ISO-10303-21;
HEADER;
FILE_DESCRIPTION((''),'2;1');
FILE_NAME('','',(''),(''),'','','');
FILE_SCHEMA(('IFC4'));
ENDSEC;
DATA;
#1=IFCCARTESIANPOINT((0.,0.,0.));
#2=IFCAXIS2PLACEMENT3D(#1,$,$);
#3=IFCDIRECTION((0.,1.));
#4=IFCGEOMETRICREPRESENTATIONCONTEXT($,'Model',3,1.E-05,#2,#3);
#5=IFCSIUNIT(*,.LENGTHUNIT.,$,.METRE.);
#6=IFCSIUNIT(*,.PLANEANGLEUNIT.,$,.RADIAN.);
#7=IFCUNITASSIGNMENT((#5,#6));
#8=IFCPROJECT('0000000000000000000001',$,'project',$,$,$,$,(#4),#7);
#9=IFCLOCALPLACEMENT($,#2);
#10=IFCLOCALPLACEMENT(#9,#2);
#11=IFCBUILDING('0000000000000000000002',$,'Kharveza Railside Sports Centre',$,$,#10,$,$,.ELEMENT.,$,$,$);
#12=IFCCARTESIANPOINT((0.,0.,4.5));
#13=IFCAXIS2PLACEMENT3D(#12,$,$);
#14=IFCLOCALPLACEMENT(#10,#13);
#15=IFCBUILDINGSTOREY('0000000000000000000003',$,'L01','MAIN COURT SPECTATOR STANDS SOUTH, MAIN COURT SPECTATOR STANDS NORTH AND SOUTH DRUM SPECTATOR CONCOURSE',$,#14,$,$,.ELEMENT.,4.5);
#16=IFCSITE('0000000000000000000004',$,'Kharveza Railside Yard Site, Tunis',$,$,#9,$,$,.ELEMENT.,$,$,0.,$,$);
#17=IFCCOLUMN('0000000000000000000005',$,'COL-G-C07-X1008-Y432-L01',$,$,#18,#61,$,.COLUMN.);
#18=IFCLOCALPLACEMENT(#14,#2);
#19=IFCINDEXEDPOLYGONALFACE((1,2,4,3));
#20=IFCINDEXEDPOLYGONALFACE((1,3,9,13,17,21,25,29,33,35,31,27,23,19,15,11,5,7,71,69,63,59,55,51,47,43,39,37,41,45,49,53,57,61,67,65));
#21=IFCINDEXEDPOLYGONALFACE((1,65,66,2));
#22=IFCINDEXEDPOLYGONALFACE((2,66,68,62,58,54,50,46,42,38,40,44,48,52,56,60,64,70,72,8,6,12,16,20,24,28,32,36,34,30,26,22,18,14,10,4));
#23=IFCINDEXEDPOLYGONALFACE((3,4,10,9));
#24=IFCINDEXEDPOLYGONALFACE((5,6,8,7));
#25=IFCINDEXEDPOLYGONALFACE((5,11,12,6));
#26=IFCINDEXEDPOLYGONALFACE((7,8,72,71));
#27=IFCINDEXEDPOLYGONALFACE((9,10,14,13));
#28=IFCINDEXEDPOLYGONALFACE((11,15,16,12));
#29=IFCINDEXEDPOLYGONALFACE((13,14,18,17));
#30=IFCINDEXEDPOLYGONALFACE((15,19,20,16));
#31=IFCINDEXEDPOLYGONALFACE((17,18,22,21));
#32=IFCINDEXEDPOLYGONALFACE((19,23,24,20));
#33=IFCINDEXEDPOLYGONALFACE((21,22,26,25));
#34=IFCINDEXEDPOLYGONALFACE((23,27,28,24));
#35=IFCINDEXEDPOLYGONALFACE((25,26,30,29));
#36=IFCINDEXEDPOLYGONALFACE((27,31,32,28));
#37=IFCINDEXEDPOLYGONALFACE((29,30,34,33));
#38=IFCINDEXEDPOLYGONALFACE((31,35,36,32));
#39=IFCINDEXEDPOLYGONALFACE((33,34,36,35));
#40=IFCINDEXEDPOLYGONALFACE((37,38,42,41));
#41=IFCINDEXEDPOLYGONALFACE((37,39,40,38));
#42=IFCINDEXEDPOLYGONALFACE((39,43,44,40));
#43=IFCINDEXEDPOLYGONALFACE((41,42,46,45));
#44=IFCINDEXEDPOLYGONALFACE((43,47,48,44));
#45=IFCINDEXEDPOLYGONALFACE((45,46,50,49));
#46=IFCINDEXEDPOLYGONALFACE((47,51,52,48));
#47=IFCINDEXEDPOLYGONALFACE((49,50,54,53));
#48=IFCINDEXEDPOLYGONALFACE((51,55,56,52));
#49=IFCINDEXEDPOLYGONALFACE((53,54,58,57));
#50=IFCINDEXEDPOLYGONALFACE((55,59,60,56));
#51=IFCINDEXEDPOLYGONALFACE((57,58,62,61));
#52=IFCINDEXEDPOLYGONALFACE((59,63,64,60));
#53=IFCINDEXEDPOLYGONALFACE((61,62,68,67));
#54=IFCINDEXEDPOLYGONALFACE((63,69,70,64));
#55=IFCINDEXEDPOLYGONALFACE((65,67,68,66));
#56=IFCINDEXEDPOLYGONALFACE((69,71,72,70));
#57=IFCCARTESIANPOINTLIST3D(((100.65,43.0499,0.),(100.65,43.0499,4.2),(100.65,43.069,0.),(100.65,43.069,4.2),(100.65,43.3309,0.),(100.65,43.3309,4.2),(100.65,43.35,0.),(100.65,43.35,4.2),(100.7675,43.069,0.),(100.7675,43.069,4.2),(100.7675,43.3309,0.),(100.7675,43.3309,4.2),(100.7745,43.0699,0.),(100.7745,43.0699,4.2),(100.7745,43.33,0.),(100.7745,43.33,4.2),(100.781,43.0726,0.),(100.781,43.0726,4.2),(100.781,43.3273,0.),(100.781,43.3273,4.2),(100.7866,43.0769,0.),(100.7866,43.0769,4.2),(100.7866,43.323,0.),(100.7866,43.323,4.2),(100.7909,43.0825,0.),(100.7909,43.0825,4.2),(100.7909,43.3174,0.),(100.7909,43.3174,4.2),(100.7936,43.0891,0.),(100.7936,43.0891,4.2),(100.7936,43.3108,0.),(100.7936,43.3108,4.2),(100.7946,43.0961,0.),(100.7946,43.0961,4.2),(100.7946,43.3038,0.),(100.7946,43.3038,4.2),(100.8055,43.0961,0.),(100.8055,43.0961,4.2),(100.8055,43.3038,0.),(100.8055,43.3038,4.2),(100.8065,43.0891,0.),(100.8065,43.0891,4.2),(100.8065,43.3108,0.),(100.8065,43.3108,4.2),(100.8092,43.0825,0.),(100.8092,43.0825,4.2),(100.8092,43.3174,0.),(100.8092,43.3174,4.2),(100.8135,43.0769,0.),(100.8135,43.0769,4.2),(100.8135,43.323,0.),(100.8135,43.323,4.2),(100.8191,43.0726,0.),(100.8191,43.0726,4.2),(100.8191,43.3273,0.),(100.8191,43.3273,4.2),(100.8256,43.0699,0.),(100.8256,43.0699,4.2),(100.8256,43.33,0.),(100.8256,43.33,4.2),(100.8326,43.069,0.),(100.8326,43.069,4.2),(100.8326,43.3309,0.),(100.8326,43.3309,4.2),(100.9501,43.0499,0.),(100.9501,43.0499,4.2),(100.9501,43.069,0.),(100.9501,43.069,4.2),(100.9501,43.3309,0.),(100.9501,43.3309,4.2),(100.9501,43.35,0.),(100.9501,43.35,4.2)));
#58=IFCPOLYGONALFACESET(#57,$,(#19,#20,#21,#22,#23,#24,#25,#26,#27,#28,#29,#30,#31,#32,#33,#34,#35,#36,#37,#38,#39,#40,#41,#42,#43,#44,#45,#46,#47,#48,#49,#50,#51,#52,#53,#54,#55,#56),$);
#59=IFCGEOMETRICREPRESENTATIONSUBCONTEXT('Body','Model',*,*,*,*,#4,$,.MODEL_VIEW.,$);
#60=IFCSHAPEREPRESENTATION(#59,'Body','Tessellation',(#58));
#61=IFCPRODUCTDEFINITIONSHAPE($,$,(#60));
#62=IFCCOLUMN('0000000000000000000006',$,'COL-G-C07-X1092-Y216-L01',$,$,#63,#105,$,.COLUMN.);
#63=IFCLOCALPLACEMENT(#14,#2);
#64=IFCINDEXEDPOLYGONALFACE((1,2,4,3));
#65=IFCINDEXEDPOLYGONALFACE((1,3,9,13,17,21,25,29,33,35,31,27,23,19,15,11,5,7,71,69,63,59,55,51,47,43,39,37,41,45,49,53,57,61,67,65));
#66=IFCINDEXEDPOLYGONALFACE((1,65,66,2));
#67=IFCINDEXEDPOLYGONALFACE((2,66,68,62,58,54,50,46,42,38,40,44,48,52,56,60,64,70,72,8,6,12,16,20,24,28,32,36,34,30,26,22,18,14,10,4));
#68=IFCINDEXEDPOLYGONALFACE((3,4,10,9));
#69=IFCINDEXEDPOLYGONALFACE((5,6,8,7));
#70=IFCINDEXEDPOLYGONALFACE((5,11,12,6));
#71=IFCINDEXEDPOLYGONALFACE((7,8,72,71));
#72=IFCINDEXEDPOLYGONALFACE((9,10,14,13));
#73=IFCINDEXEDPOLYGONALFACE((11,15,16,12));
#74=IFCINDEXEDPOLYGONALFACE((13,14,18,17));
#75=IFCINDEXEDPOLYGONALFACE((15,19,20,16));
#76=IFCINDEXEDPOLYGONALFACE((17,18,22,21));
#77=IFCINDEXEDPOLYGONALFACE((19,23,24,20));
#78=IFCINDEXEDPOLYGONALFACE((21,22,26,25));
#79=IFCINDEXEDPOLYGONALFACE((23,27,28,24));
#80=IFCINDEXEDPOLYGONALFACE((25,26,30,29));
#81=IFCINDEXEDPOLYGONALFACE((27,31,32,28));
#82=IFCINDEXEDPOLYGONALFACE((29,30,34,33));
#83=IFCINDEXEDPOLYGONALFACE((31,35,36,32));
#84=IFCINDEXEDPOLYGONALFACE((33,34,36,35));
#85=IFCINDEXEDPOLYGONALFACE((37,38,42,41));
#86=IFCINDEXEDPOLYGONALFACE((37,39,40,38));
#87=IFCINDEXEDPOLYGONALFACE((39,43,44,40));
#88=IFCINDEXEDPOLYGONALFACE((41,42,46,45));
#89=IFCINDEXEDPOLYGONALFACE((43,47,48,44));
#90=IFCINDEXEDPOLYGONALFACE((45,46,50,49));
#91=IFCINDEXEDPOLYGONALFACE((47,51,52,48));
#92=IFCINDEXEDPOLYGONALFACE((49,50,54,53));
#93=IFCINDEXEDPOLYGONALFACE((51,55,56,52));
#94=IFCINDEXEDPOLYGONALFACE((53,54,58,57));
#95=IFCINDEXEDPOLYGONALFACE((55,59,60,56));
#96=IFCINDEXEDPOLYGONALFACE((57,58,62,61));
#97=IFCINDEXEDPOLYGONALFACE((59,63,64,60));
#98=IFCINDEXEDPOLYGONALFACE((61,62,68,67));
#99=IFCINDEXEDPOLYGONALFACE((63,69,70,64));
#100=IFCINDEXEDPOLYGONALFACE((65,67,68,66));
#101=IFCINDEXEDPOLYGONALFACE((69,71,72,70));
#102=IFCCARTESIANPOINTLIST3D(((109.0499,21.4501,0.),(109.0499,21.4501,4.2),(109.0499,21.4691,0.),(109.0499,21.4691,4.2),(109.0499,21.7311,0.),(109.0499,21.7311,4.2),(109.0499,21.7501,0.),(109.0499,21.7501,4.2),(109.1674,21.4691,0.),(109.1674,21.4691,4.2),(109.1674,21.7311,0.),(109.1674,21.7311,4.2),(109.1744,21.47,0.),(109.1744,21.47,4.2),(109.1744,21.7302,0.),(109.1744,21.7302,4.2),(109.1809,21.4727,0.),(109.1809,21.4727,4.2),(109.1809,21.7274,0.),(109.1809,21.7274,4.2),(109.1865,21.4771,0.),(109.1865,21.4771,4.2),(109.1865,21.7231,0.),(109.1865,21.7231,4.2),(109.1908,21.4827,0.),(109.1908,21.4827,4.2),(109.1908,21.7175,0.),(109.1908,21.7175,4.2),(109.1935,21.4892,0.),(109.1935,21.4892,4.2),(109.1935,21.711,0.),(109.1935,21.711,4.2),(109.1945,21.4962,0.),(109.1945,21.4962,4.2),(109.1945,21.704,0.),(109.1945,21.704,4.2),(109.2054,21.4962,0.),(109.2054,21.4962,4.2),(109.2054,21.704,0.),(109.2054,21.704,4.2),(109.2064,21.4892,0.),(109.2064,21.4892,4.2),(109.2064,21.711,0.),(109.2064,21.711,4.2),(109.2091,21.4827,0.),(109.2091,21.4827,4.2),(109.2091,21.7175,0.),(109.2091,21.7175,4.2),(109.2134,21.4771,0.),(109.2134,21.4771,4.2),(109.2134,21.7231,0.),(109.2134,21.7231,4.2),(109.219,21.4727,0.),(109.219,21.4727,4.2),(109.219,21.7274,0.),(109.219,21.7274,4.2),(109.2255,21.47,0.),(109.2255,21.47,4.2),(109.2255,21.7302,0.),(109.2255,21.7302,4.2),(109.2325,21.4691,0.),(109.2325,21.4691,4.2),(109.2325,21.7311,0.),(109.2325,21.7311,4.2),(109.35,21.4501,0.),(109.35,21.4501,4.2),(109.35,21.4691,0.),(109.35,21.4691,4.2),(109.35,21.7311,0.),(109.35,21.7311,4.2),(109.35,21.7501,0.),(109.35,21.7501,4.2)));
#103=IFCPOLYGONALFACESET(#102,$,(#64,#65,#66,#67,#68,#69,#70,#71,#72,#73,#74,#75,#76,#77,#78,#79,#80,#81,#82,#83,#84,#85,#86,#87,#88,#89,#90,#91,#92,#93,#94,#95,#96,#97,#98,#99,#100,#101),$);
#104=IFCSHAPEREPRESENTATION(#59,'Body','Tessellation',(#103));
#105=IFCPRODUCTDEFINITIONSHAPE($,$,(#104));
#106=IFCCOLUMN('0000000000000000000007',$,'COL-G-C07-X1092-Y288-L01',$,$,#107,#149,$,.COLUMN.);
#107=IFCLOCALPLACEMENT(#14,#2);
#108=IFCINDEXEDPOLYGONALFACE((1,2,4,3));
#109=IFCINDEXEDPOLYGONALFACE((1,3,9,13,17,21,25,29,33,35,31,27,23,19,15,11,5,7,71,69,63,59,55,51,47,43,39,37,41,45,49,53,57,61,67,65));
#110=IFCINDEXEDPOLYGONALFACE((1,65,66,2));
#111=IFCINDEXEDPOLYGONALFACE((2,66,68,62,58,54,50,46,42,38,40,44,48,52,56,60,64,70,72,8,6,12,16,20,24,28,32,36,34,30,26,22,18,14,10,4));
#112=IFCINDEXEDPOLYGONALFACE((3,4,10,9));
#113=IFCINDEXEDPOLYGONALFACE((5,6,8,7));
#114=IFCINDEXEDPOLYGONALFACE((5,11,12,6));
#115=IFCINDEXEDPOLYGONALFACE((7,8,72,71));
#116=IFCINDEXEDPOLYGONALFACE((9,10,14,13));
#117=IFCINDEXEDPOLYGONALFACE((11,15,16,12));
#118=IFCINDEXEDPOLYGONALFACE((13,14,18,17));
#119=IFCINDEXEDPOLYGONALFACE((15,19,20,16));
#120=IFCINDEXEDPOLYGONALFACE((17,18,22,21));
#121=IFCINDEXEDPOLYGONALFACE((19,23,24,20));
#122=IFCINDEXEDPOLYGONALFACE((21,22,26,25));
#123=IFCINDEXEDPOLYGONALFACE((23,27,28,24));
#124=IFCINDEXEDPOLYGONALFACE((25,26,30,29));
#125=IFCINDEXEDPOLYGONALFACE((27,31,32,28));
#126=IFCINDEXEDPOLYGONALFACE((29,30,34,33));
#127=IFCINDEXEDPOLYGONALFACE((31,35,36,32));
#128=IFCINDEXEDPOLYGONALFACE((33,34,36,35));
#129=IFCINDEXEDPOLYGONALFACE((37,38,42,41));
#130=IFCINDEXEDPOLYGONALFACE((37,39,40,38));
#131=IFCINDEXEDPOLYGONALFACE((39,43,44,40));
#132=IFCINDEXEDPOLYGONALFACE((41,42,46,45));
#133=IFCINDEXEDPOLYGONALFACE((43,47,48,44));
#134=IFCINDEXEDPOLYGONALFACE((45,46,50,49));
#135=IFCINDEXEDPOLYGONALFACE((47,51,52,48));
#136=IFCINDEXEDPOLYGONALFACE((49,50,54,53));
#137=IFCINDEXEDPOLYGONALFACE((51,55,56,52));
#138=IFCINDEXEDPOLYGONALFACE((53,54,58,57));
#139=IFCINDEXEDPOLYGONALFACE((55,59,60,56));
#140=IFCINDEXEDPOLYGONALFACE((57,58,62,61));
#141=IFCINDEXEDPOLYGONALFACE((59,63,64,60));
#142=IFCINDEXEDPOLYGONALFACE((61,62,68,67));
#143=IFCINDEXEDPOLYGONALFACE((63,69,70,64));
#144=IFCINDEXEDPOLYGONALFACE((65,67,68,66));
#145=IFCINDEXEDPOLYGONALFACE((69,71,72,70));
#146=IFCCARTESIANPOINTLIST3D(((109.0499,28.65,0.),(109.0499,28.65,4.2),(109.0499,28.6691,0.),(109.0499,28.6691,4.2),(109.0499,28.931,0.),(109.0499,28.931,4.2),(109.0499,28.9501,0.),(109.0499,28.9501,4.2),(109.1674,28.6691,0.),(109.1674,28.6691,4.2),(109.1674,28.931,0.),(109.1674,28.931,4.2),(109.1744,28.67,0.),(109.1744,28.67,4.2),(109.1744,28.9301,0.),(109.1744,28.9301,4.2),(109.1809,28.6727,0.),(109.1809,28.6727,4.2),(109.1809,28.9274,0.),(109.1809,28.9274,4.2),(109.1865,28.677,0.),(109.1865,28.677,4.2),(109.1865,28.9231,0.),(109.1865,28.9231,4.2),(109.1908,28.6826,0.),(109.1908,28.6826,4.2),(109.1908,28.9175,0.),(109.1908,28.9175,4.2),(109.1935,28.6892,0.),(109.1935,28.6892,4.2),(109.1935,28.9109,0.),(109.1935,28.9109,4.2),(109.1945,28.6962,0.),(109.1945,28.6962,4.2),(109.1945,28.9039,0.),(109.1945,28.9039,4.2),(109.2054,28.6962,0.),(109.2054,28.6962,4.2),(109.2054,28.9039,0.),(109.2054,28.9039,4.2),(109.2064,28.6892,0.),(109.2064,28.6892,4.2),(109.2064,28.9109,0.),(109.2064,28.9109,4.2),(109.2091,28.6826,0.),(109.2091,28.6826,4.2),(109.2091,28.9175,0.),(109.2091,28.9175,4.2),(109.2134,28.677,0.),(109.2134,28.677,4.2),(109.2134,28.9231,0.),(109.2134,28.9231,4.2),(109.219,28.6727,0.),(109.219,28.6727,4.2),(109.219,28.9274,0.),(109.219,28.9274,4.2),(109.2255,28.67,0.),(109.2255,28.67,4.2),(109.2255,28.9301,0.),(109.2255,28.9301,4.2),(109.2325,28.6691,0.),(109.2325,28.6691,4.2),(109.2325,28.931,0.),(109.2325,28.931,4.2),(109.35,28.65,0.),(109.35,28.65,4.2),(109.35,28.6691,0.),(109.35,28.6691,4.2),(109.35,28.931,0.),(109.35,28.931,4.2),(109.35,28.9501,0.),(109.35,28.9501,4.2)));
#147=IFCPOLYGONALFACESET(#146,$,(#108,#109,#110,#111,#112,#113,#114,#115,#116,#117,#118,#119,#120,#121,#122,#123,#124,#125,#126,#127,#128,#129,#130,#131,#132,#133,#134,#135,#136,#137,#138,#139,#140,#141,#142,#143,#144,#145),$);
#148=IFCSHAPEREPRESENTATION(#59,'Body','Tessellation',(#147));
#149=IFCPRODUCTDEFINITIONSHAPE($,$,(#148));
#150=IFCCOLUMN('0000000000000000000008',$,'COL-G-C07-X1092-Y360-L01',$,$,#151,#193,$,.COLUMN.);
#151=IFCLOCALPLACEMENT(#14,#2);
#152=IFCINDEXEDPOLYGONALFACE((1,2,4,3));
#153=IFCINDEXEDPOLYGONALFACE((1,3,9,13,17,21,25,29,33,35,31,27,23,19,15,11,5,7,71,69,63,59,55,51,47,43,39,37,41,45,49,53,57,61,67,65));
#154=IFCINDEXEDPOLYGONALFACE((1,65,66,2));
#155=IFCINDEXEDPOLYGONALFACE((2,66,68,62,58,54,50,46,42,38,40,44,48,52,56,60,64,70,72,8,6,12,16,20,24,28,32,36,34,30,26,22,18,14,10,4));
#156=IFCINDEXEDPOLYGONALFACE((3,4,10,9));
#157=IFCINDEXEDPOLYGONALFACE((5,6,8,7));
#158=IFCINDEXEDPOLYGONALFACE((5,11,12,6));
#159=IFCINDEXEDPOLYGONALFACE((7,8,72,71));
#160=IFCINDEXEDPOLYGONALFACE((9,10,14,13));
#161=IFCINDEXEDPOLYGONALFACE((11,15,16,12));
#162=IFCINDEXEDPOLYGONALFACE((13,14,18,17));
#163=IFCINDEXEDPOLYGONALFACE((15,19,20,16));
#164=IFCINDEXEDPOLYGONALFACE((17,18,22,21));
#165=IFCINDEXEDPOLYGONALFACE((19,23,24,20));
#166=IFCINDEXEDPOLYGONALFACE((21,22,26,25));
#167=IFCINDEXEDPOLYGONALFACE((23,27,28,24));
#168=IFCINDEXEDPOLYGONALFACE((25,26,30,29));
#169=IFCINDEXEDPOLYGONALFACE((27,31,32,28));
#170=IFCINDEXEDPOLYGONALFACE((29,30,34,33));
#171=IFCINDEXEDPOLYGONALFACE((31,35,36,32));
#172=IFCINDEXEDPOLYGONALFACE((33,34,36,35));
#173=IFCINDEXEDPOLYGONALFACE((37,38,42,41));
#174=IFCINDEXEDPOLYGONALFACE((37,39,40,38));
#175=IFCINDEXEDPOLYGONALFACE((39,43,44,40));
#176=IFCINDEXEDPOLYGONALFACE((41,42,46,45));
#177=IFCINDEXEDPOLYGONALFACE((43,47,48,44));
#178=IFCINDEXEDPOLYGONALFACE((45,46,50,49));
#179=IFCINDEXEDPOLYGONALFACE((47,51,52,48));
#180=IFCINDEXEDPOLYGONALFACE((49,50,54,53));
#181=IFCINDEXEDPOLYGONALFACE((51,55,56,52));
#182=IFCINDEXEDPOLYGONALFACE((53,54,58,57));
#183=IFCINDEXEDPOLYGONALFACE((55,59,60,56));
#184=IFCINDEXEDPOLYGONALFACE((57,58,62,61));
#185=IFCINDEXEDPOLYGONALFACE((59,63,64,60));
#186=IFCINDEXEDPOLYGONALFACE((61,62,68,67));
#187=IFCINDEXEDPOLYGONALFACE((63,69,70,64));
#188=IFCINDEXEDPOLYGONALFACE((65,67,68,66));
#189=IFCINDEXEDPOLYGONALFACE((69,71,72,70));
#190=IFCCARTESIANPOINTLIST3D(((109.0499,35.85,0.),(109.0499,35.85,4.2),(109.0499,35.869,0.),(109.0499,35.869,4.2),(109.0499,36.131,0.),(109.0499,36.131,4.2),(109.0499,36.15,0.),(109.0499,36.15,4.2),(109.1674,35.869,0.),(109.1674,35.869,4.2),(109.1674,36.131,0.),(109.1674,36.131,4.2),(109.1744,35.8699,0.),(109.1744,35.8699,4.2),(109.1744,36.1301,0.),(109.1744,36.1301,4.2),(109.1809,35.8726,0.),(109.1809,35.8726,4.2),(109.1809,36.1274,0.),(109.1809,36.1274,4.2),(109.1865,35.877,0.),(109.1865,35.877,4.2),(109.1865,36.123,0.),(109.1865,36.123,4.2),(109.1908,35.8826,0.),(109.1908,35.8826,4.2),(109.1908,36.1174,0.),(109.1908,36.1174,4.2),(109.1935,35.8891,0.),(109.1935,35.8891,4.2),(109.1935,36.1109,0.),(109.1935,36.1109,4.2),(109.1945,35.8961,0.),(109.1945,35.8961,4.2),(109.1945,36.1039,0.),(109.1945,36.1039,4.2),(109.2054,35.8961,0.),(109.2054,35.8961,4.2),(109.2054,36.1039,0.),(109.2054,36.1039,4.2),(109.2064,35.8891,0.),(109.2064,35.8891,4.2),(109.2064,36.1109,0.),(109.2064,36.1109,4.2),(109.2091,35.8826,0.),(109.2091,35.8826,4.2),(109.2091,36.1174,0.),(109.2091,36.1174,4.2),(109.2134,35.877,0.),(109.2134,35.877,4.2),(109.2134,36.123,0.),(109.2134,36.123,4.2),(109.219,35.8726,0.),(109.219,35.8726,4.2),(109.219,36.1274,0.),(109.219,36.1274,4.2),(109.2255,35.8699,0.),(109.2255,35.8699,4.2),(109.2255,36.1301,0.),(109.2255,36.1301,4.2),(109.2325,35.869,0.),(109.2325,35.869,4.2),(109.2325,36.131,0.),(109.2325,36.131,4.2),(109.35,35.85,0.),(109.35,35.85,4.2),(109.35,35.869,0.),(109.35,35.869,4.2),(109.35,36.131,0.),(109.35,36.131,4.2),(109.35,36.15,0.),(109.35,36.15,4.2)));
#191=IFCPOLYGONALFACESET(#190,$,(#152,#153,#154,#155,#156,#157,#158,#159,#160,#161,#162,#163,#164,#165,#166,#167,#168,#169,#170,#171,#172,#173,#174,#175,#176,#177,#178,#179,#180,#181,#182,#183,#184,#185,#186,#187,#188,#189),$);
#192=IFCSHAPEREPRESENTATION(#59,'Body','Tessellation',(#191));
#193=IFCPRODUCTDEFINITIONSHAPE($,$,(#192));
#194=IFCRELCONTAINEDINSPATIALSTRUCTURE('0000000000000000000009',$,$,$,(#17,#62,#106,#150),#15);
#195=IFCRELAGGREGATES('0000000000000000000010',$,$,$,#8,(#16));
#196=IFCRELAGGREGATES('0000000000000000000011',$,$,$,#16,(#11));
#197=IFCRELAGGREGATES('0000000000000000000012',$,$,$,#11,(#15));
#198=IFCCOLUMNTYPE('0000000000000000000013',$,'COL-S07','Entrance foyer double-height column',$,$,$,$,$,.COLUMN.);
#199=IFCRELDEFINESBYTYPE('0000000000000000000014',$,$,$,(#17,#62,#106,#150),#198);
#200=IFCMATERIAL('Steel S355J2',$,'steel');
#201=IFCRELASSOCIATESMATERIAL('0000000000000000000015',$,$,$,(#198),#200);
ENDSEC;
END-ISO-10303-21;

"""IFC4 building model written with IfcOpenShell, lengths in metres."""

from ifc_helpers import new_model, si_unit, direction, frame, origin, origin_2d, place, context, subcontext, project, spatial, i_section, extrude, material, material_profile, profile_set, type_object, element, save


model = new_model("IFC4")

# Units and contexts
model_context = context("Model", 3, precision=1e-05, world=origin(), true_north=direction((0.0, 1.0)))
body_context = subcontext(model_context, "Body", "Model", "MODEL_VIEW")
ifc_project = project(units=[si_unit("LENGTHUNIT", "METRE"), si_unit("PLANEANGLEUNIT", "RADIAN")], contexts=[model_context])

# Site, building, storey
site_placement = place(None, origin())
site = spatial("IfcSite", under=ifc_project, at=site_placement, Name="Kharveza Railside Yard Site, Tunis", CompositionType="ELEMENT", RefElevation=0.0)
building_placement = place(site_placement, origin())
building = spatial("IfcBuilding", under=site, at=building_placement, Name="Kharveza Railside Sports Centre", CompositionType="ELEMENT")
storey_placement = place(building_placement, frame((0.0, 0.0, 4.5)))
storey = spatial("IfcBuildingStorey", under=building, at=storey_placement, Name="L01", Description="MAIN COURT SPECTATOR STANDS SOUTH, MAIN COURT SPECTATOR STANDS NORTH AND SOUTH DRUM SPECTATOR CONCOURSE", CompositionType="ELEMENT", Elevation=4.5)

# Columns
ifc_material_1 = material(Name="Steel S355J2", Category="steel")
ifc_material_profile_1 = material_profile(ifc_material_1, i_section(OverallWidth=0.3, OverallDepth=0.3, WebThickness=0.011, FlangeThickness=0.019, FilletRadius=0.0271, at=origin_2d()), Name="HEB 300")
ifc_profile_set_1 = profile_set([ifc_material_profile_1], Name="Steel S355J2")
column_type_1 = type_object("IfcColumnType", Name="COL-S07", Description="Entrance foyer double-height column", PredefinedType="COLUMN", material=ifc_profile_set_1)
for number, where, z_axis, x_axis, name in (
    (1, (100.8, 43.2, 0.0), (0.0, 0.0, 1.0), (1.0, 0.0, 0.0), "COL-G-C07-X1008-Y432-L01"),
    (2, (109.2, 21.6001, 0.0), (0.0, 0.0, 1.0), (1.0, 0.0, 0.0), "COL-G-C07-X1092-Y216-L01"),
    (3, (109.2, 28.8, 0.0), (0.0, 0.0, 1.0), (1.0, 0.0, 0.0), "COL-G-C07-X1092-Y288-L01"),
    (4, (109.2, 36.0, 0.0), (0.0, 0.0, 1.0), (1.0, 0.0, 0.0), "COL-G-C07-X1092-Y360-L01"),
):
    element("IfcColumn", number, at=place(storey_placement, frame(where, z_axis=z_axis, x_axis=x_axis)), inside=storey, type_object=column_type_1, Name=name, PredefinedType="COLUMN", context=body_context, shape_type="SweptSolid", body=[
        extrude(i_section(OverallWidth=0.3, OverallDepth=0.3, WebThickness=0.011, FlangeThickness=0.019, FilletRadius=0.0271, at=origin_2d()), origin(), (0.0, 0.0, 1.0), 4.2),
    ])

save(model, "model.ifc")
